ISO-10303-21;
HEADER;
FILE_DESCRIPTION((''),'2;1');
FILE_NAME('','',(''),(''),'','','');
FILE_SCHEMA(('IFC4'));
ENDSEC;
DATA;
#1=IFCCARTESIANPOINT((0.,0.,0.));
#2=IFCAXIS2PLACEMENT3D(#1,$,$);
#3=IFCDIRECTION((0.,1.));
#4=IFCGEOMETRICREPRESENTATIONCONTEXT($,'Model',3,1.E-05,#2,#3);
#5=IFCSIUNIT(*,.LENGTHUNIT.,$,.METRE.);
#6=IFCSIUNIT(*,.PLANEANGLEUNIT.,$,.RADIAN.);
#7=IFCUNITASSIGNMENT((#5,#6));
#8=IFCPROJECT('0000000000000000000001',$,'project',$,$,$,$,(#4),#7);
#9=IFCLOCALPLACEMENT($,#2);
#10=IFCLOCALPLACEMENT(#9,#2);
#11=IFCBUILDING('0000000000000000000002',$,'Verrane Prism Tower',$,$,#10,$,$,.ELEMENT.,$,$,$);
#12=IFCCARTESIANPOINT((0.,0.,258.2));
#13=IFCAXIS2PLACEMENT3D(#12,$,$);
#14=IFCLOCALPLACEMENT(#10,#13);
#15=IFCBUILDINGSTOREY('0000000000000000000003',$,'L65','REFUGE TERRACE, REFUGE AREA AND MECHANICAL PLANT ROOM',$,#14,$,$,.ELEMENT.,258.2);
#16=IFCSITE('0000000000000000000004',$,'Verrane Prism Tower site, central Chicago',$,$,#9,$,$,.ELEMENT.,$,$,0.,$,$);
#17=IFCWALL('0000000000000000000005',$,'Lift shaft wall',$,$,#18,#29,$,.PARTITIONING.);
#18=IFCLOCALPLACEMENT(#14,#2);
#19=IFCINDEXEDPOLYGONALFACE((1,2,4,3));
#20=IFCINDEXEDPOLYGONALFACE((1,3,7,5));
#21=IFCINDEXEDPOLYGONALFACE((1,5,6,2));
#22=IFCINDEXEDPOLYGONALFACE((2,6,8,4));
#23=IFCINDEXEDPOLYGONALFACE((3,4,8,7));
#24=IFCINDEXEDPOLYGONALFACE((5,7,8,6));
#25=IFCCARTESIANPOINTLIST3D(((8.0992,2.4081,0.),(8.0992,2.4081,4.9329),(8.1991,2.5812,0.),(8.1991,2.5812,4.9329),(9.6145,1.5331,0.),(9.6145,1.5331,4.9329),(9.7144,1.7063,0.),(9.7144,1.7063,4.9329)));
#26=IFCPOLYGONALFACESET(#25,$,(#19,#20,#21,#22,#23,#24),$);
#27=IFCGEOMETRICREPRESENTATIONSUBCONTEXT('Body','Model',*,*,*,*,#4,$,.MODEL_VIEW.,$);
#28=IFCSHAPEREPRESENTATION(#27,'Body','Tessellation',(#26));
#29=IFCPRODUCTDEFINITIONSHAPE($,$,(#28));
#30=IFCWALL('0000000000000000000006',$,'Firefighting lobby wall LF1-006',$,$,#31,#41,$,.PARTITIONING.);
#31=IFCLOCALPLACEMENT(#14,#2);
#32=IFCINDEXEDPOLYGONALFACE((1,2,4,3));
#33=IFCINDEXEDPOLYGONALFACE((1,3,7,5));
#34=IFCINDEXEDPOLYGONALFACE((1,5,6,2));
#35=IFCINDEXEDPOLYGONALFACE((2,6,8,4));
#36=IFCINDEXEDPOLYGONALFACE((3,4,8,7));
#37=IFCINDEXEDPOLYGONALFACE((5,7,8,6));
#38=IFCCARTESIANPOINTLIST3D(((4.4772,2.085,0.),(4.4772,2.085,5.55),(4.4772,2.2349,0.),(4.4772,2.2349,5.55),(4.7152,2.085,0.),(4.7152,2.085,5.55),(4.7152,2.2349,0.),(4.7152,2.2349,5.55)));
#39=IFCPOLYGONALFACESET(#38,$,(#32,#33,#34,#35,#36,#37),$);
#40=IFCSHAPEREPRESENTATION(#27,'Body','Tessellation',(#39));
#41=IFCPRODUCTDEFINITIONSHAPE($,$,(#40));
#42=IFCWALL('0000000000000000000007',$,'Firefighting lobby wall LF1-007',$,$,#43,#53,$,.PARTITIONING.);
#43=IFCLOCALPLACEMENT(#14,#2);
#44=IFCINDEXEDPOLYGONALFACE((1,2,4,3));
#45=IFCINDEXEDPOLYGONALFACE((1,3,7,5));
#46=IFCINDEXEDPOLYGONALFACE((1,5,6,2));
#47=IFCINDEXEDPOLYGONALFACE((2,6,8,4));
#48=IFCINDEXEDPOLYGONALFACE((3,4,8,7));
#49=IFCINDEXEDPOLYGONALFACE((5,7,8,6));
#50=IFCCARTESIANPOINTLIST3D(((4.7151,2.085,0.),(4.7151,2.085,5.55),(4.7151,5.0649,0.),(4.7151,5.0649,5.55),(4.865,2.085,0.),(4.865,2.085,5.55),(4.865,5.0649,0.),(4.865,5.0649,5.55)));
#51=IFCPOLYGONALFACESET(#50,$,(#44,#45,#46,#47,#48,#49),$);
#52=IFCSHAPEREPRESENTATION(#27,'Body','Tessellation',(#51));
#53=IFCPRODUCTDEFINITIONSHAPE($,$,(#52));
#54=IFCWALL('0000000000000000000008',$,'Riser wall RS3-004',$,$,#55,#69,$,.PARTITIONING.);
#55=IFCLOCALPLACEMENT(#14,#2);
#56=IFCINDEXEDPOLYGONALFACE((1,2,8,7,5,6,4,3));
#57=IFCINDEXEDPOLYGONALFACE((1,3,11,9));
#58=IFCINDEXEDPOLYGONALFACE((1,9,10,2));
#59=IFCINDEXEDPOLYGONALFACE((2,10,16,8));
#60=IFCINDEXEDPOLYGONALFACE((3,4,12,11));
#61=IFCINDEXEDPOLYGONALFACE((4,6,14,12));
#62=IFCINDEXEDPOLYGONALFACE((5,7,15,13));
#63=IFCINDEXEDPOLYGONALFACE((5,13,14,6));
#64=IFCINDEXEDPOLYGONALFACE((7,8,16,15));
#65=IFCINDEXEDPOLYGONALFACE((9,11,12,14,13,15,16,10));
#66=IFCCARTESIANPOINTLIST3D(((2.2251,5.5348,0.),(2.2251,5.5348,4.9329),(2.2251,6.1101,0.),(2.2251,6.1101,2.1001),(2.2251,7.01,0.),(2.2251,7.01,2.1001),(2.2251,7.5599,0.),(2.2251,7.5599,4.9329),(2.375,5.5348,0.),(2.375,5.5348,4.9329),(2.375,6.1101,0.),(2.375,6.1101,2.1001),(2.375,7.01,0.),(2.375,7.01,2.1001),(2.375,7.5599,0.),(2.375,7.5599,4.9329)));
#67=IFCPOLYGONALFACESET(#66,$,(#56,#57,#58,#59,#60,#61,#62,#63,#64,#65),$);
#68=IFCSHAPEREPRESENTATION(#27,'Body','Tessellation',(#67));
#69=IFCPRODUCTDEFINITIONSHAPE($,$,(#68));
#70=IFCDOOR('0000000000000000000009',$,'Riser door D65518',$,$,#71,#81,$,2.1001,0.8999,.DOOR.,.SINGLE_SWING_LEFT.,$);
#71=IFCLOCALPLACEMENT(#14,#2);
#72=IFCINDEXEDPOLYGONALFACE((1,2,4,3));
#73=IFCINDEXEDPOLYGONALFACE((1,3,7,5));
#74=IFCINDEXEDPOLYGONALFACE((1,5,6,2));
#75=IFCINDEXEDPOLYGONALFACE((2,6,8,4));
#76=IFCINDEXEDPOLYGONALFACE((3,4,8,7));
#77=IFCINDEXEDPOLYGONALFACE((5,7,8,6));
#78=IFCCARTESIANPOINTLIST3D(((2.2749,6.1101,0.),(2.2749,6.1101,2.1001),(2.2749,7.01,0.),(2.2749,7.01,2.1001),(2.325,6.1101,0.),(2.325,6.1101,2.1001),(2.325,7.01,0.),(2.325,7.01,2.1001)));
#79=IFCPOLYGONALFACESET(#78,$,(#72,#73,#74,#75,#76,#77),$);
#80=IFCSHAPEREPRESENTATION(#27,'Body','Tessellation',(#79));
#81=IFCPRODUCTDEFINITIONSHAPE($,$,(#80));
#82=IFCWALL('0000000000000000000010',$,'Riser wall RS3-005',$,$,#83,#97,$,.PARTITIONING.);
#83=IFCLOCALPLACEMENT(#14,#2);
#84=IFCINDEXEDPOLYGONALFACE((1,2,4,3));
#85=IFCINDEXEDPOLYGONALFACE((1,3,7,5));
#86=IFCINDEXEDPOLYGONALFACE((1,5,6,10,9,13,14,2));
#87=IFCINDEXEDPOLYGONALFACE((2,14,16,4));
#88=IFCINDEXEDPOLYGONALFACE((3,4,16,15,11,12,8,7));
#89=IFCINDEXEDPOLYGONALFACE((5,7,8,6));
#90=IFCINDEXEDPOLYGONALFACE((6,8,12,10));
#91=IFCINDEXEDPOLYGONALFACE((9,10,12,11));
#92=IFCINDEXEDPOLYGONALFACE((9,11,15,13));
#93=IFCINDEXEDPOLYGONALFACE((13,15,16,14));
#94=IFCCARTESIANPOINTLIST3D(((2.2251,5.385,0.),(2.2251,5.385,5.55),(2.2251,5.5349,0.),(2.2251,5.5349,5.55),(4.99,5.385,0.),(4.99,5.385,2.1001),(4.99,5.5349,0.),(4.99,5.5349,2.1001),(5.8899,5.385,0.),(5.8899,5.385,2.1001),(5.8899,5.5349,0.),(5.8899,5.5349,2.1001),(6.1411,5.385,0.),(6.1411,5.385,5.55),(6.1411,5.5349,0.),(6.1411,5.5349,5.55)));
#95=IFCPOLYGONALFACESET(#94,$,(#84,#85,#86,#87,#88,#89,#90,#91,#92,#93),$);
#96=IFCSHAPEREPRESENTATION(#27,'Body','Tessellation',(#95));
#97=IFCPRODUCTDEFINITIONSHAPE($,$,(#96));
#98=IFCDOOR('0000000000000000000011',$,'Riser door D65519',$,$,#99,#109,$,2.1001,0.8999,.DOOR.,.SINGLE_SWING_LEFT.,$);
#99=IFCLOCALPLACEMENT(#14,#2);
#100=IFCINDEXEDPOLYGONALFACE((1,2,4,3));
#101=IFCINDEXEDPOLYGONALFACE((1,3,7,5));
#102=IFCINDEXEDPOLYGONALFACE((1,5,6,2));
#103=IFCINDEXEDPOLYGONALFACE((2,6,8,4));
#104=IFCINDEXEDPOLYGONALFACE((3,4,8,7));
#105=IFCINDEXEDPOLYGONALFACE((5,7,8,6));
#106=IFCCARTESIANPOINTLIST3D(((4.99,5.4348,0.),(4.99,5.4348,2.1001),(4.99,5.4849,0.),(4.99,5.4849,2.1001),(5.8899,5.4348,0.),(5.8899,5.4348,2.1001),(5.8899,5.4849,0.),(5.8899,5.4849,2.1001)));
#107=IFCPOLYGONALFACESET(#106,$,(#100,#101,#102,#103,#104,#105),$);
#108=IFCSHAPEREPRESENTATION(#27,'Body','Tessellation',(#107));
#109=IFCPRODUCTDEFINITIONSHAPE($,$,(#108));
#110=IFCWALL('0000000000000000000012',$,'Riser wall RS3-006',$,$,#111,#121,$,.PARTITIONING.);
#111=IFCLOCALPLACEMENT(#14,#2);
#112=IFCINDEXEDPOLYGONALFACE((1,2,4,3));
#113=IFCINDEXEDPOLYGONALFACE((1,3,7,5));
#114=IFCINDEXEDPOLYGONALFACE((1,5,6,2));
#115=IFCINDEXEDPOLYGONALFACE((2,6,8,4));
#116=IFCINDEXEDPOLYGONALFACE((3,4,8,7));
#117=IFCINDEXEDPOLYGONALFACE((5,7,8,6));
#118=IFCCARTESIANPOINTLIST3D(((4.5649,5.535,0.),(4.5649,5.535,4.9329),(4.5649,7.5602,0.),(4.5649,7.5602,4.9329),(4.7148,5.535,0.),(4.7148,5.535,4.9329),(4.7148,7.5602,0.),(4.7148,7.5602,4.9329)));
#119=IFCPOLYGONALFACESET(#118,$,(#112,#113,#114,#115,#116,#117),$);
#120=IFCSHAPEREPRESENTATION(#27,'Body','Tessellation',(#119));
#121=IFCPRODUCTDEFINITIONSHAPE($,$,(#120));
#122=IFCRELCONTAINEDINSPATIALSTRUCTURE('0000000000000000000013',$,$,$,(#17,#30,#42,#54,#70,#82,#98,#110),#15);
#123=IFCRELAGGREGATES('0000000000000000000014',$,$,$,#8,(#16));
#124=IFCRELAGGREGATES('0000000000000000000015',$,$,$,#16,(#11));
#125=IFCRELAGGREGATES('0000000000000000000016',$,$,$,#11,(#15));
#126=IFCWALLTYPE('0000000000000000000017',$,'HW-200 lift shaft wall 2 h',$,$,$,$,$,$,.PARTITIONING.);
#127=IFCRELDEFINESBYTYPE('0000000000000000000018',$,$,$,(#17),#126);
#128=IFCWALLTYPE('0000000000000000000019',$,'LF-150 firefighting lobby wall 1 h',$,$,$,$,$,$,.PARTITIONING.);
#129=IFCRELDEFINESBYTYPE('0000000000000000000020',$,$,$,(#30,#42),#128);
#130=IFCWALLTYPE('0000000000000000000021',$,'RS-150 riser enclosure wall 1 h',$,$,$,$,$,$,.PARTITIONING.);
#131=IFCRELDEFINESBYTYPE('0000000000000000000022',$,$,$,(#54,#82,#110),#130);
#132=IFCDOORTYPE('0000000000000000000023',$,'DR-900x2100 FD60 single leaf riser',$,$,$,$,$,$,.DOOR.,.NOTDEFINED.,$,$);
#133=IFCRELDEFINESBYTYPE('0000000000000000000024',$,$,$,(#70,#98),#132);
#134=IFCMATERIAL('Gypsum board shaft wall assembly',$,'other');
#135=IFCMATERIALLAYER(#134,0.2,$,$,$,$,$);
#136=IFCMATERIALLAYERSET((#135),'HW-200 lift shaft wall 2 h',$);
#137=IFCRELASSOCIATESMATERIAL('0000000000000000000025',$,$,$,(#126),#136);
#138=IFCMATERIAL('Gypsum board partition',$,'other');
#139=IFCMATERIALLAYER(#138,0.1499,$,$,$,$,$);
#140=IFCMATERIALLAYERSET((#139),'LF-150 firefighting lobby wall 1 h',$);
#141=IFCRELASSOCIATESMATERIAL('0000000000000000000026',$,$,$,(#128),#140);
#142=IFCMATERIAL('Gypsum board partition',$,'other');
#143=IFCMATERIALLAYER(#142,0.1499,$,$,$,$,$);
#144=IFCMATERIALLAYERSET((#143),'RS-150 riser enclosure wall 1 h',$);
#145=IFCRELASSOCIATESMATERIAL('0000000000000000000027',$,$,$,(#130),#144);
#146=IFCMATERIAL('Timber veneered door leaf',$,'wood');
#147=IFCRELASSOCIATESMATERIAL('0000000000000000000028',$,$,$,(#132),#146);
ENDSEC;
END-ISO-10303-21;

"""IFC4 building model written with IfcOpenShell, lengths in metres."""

from ifc_helpers import new_model, si_unit, direction, frame, frame_2d, origin, place, context, subcontext, project, spatial, rectangle, extrude, material, layer, layer_set, type_object, element, fill, save


model = new_model("IFC4")

# Units and contexts
model_context = context("Model", 3, precision=1e-05, world=origin(), true_north=direction((0.0, 1.0)))
body_context = subcontext(model_context, "Body", "Model", "MODEL_VIEW")
ifc_project = project(units=[si_unit("LENGTHUNIT", "METRE"), si_unit("PLANEANGLEUNIT", "RADIAN")], contexts=[model_context])

# Site, building, storey
site_placement = place(None, origin())
site = spatial("IfcSite", under=ifc_project, at=site_placement, Name="Verrane Prism Tower site, central Chicago", CompositionType="ELEMENT", RefElevation=0.0)
building_placement = place(site_placement, origin())
building = spatial("IfcBuilding", under=site, at=building_placement, Name="Verrane Prism Tower", CompositionType="ELEMENT")
storey_placement = place(building_placement, frame((0.0, 0.0, 258.2)))
storey = spatial("IfcBuildingStorey", under=building, at=storey_placement, Name="L65", Description="REFUGE TERRACE, REFUGE AREA AND MECHANICAL PLANT ROOM", CompositionType="ELEMENT", Elevation=258.2)

# Shared definitions
ifc_material_1 = material(Name="Gypsum board shaft wall assembly", Category="other")
ifc_layer_1 = layer(ifc_material_1, 0.2)
ifc_layer_set_1 = layer_set([ifc_layer_1], Name="HW-200 lift shaft wall 2 h")
wall_type_1 = type_object("IfcWallType", Name="HW-200 lift shaft wall 2 h", PredefinedType="PARTITIONING", material=ifc_layer_set_1)

# Walls
wall_1_placement = place(storey_placement, frame((9.6646, 1.6196, 0.0), z_axis=(0.0, 0.0, 1.0), x_axis=(-0.866002, 0.50004, 0.0)))
element("IfcWall", 1, at=wall_1_placement, inside=storey, type_object=wall_type_1, Name="Lift shaft wall", PredefinedType="PARTITIONING", context=body_context, shape_type="SweptSolid", body=[
    extrude(rectangle(XDim=1.7498, YDim=0.2, at=frame_2d((0.875, 0.0))), origin(), (0.0, 0.0, 1.0), 4.9329),
])
ifc_material_2 = material(Name="Gypsum board partition", Category="other")
ifc_layer_2 = layer(ifc_material_2, 0.1499)
ifc_layer_set_2 = layer_set([ifc_layer_2], Name="LF-150 firefighting lobby wall 1 h")
wall_type_2 = type_object("IfcWallType", Name="LF-150 firefighting lobby wall 1 h", PredefinedType="PARTITIONING", material=ifc_layer_set_2)
wall_2_placement = place(storey_placement, frame((4.4771, 2.1599, 0.0), z_axis=(0.0, 0.0, 1.0), x_axis=(1.0, 0.0, 0.0)))
element("IfcWall", 2, at=wall_2_placement, inside=storey, type_object=wall_type_2, Name="Firefighting lobby wall LF1-006", PredefinedType="PARTITIONING", context=body_context, shape_type="SweptSolid", body=[
    extrude(rectangle(XDim=0.238, YDim=0.1499, at=frame_2d((0.1191, 0.0))), origin(), (0.0, 0.0, 1.0), 5.55),
])
wall_3_placement = place(storey_placement, frame((4.79, 2.085, 0.0), z_axis=(0.0, 0.0, 1.0), x_axis=(0.0, 1.0, 0.0)))
element("IfcWall", 3, at=wall_3_placement, inside=storey, type_object=wall_type_2, Name="Firefighting lobby wall LF1-007", PredefinedType="PARTITIONING", context=body_context, shape_type="SweptSolid", body=[
    extrude(rectangle(XDim=2.98, YDim=0.1499, at=frame_2d((1.49, 0.0))), origin(), (0.0, 0.0, 1.0), 5.55),
])

# Walls, openings, doors
ifc_material_3 = material(Name="Gypsum board partition", Category="other")
ifc_layer_3 = layer(ifc_material_3, 0.1499)
ifc_layer_set_3 = layer_set([ifc_layer_3], Name="RS-150 riser enclosure wall 1 h")
wall_type_3 = type_object("IfcWallType", Name="RS-150 riser enclosure wall 1 h", PredefinedType="PARTITIONING", material=ifc_layer_set_3)
wall_4_placement = place(storey_placement, frame((2.3, 7.5601, 0.0), z_axis=(0.0, 0.0, 1.0), x_axis=(0.0, -1.0, 0.0)))
wall_4 = element("IfcWall", 4, at=wall_4_placement, inside=storey, type_object=wall_type_3, Name="Riser wall RS3-004", PredefinedType="PARTITIONING", context=body_context, shape_type="SweptSolid", body=[
    extrude(rectangle(XDim=2.0251, YDim=0.1499, at=frame_2d((1.0127, 0.0))), origin(), (0.0, 0.0, 1.0), 4.9329),
])
opening_1_placement = place(wall_4_placement, frame((0.55, 0.0, 0.0)))
opening_1 = element("IfcOpeningElement", 5, at=opening_1_placement, cuts=wall_4, PredefinedType="OPENING", context=body_context, shape_type="SweptSolid", body=[
    extrude(rectangle(XDim=0.8999, YDim=2.1001, at=frame_2d((0.45, 1.05))), frame((0.0, 0.085, 0.0), z_axis=(0.0, -1.0, 0.0), x_axis=(1.0, 0.0, 0.0)), (0.0, 0.0, 1.0), 0.1699),
])
ifc_material_4 = material(Name="Timber veneered door leaf", Category="wood")
door_type_1 = type_object("IfcDoorType", Name="DR-900x2100 FD60 single leaf riser", OperationType="NOTDEFINED", PredefinedType="DOOR", material=ifc_material_4)
door_1_placement = place(opening_1_placement, origin())
door_1 = element("IfcDoor", 6, at=door_1_placement, inside=storey, type_object=door_type_1, Name="Riser door D65518", OperationType="SINGLE_SWING_LEFT", OverallHeight=2.1001, OverallWidth=0.8999, PredefinedType="DOOR", context=body_context, shape_type="SweptSolid", body=[
    extrude(rectangle(XDim=0.8999, YDim=2.1001, at=frame_2d((0.45, 1.05))), frame((0.0, 0.0249, 0.0), z_axis=(0.0, -1.0, 0.0), x_axis=(1.0, 0.0, 0.0)), (0.0, 0.0, 1.0), 0.05),
])
fill(opening_1, door_1)
wall_5_placement = place(storey_placement, frame((2.2251, 5.46, 0.0), z_axis=(0.0, 0.0, 1.0), x_axis=(1.0, 0.0, 0.0)))
wall_5 = element("IfcWall", 7, at=wall_5_placement, inside=storey, type_object=wall_type_3, Name="Riser wall RS3-005", PredefinedType="PARTITIONING", context=body_context, shape_type="SweptSolid", body=[
    extrude(rectangle(XDim=3.916, YDim=0.1499, at=frame_2d((1.958, 0.0))), origin(), (0.0, 0.0, 1.0), 5.55),
])
opening_2_placement = place(wall_5_placement, frame((2.7649, 0.0, 0.0)))
opening_2 = element("IfcOpeningElement", 8, at=opening_2_placement, cuts=wall_5, PredefinedType="OPENING", context=body_context, shape_type="SweptSolid", body=[
    extrude(rectangle(XDim=0.8999, YDim=2.1001, at=frame_2d((0.45, 1.05))), frame((0.0, 0.085, 0.0), z_axis=(0.0, -1.0, 0.0), x_axis=(1.0, 0.0, 0.0)), (0.0, 0.0, 1.0), 0.1699),
])
door_2_placement = place(opening_2_placement, origin())
door_2 = element("IfcDoor", 9, at=door_2_placement, inside=storey, type_object=door_type_1, Name="Riser door D65519", OperationType="SINGLE_SWING_LEFT", OverallHeight=2.1001, OverallWidth=0.8999, PredefinedType="DOOR", context=body_context, shape_type="SweptSolid", body=[
    extrude(rectangle(XDim=0.8999, YDim=2.1001, at=frame_2d((0.45, 1.05))), frame((0.0, 0.0249, 0.0), z_axis=(0.0, -1.0, 0.0), x_axis=(1.0, 0.0, 0.0)), (0.0, 0.0, 1.0), 0.05),
])
fill(opening_2, door_2)

# Wall
wall_6_placement = place(storey_placement, frame((4.6399, 5.5349, 0.0), z_axis=(0.0, 0.0, 1.0), x_axis=(0.0, 1.0, 0.0)))
element("IfcWall", 10, at=wall_6_placement, inside=storey, type_object=wall_type_3, Name="Riser wall RS3-006", PredefinedType="PARTITIONING", context=body_context, shape_type="SweptSolid", body=[
    extrude(rectangle(XDim=2.0251, YDim=0.1499, at=frame_2d((1.0127, 0.0))), origin(), (0.0, 0.0, 1.0), 4.9329),
])

save(model, "model.ifc")
